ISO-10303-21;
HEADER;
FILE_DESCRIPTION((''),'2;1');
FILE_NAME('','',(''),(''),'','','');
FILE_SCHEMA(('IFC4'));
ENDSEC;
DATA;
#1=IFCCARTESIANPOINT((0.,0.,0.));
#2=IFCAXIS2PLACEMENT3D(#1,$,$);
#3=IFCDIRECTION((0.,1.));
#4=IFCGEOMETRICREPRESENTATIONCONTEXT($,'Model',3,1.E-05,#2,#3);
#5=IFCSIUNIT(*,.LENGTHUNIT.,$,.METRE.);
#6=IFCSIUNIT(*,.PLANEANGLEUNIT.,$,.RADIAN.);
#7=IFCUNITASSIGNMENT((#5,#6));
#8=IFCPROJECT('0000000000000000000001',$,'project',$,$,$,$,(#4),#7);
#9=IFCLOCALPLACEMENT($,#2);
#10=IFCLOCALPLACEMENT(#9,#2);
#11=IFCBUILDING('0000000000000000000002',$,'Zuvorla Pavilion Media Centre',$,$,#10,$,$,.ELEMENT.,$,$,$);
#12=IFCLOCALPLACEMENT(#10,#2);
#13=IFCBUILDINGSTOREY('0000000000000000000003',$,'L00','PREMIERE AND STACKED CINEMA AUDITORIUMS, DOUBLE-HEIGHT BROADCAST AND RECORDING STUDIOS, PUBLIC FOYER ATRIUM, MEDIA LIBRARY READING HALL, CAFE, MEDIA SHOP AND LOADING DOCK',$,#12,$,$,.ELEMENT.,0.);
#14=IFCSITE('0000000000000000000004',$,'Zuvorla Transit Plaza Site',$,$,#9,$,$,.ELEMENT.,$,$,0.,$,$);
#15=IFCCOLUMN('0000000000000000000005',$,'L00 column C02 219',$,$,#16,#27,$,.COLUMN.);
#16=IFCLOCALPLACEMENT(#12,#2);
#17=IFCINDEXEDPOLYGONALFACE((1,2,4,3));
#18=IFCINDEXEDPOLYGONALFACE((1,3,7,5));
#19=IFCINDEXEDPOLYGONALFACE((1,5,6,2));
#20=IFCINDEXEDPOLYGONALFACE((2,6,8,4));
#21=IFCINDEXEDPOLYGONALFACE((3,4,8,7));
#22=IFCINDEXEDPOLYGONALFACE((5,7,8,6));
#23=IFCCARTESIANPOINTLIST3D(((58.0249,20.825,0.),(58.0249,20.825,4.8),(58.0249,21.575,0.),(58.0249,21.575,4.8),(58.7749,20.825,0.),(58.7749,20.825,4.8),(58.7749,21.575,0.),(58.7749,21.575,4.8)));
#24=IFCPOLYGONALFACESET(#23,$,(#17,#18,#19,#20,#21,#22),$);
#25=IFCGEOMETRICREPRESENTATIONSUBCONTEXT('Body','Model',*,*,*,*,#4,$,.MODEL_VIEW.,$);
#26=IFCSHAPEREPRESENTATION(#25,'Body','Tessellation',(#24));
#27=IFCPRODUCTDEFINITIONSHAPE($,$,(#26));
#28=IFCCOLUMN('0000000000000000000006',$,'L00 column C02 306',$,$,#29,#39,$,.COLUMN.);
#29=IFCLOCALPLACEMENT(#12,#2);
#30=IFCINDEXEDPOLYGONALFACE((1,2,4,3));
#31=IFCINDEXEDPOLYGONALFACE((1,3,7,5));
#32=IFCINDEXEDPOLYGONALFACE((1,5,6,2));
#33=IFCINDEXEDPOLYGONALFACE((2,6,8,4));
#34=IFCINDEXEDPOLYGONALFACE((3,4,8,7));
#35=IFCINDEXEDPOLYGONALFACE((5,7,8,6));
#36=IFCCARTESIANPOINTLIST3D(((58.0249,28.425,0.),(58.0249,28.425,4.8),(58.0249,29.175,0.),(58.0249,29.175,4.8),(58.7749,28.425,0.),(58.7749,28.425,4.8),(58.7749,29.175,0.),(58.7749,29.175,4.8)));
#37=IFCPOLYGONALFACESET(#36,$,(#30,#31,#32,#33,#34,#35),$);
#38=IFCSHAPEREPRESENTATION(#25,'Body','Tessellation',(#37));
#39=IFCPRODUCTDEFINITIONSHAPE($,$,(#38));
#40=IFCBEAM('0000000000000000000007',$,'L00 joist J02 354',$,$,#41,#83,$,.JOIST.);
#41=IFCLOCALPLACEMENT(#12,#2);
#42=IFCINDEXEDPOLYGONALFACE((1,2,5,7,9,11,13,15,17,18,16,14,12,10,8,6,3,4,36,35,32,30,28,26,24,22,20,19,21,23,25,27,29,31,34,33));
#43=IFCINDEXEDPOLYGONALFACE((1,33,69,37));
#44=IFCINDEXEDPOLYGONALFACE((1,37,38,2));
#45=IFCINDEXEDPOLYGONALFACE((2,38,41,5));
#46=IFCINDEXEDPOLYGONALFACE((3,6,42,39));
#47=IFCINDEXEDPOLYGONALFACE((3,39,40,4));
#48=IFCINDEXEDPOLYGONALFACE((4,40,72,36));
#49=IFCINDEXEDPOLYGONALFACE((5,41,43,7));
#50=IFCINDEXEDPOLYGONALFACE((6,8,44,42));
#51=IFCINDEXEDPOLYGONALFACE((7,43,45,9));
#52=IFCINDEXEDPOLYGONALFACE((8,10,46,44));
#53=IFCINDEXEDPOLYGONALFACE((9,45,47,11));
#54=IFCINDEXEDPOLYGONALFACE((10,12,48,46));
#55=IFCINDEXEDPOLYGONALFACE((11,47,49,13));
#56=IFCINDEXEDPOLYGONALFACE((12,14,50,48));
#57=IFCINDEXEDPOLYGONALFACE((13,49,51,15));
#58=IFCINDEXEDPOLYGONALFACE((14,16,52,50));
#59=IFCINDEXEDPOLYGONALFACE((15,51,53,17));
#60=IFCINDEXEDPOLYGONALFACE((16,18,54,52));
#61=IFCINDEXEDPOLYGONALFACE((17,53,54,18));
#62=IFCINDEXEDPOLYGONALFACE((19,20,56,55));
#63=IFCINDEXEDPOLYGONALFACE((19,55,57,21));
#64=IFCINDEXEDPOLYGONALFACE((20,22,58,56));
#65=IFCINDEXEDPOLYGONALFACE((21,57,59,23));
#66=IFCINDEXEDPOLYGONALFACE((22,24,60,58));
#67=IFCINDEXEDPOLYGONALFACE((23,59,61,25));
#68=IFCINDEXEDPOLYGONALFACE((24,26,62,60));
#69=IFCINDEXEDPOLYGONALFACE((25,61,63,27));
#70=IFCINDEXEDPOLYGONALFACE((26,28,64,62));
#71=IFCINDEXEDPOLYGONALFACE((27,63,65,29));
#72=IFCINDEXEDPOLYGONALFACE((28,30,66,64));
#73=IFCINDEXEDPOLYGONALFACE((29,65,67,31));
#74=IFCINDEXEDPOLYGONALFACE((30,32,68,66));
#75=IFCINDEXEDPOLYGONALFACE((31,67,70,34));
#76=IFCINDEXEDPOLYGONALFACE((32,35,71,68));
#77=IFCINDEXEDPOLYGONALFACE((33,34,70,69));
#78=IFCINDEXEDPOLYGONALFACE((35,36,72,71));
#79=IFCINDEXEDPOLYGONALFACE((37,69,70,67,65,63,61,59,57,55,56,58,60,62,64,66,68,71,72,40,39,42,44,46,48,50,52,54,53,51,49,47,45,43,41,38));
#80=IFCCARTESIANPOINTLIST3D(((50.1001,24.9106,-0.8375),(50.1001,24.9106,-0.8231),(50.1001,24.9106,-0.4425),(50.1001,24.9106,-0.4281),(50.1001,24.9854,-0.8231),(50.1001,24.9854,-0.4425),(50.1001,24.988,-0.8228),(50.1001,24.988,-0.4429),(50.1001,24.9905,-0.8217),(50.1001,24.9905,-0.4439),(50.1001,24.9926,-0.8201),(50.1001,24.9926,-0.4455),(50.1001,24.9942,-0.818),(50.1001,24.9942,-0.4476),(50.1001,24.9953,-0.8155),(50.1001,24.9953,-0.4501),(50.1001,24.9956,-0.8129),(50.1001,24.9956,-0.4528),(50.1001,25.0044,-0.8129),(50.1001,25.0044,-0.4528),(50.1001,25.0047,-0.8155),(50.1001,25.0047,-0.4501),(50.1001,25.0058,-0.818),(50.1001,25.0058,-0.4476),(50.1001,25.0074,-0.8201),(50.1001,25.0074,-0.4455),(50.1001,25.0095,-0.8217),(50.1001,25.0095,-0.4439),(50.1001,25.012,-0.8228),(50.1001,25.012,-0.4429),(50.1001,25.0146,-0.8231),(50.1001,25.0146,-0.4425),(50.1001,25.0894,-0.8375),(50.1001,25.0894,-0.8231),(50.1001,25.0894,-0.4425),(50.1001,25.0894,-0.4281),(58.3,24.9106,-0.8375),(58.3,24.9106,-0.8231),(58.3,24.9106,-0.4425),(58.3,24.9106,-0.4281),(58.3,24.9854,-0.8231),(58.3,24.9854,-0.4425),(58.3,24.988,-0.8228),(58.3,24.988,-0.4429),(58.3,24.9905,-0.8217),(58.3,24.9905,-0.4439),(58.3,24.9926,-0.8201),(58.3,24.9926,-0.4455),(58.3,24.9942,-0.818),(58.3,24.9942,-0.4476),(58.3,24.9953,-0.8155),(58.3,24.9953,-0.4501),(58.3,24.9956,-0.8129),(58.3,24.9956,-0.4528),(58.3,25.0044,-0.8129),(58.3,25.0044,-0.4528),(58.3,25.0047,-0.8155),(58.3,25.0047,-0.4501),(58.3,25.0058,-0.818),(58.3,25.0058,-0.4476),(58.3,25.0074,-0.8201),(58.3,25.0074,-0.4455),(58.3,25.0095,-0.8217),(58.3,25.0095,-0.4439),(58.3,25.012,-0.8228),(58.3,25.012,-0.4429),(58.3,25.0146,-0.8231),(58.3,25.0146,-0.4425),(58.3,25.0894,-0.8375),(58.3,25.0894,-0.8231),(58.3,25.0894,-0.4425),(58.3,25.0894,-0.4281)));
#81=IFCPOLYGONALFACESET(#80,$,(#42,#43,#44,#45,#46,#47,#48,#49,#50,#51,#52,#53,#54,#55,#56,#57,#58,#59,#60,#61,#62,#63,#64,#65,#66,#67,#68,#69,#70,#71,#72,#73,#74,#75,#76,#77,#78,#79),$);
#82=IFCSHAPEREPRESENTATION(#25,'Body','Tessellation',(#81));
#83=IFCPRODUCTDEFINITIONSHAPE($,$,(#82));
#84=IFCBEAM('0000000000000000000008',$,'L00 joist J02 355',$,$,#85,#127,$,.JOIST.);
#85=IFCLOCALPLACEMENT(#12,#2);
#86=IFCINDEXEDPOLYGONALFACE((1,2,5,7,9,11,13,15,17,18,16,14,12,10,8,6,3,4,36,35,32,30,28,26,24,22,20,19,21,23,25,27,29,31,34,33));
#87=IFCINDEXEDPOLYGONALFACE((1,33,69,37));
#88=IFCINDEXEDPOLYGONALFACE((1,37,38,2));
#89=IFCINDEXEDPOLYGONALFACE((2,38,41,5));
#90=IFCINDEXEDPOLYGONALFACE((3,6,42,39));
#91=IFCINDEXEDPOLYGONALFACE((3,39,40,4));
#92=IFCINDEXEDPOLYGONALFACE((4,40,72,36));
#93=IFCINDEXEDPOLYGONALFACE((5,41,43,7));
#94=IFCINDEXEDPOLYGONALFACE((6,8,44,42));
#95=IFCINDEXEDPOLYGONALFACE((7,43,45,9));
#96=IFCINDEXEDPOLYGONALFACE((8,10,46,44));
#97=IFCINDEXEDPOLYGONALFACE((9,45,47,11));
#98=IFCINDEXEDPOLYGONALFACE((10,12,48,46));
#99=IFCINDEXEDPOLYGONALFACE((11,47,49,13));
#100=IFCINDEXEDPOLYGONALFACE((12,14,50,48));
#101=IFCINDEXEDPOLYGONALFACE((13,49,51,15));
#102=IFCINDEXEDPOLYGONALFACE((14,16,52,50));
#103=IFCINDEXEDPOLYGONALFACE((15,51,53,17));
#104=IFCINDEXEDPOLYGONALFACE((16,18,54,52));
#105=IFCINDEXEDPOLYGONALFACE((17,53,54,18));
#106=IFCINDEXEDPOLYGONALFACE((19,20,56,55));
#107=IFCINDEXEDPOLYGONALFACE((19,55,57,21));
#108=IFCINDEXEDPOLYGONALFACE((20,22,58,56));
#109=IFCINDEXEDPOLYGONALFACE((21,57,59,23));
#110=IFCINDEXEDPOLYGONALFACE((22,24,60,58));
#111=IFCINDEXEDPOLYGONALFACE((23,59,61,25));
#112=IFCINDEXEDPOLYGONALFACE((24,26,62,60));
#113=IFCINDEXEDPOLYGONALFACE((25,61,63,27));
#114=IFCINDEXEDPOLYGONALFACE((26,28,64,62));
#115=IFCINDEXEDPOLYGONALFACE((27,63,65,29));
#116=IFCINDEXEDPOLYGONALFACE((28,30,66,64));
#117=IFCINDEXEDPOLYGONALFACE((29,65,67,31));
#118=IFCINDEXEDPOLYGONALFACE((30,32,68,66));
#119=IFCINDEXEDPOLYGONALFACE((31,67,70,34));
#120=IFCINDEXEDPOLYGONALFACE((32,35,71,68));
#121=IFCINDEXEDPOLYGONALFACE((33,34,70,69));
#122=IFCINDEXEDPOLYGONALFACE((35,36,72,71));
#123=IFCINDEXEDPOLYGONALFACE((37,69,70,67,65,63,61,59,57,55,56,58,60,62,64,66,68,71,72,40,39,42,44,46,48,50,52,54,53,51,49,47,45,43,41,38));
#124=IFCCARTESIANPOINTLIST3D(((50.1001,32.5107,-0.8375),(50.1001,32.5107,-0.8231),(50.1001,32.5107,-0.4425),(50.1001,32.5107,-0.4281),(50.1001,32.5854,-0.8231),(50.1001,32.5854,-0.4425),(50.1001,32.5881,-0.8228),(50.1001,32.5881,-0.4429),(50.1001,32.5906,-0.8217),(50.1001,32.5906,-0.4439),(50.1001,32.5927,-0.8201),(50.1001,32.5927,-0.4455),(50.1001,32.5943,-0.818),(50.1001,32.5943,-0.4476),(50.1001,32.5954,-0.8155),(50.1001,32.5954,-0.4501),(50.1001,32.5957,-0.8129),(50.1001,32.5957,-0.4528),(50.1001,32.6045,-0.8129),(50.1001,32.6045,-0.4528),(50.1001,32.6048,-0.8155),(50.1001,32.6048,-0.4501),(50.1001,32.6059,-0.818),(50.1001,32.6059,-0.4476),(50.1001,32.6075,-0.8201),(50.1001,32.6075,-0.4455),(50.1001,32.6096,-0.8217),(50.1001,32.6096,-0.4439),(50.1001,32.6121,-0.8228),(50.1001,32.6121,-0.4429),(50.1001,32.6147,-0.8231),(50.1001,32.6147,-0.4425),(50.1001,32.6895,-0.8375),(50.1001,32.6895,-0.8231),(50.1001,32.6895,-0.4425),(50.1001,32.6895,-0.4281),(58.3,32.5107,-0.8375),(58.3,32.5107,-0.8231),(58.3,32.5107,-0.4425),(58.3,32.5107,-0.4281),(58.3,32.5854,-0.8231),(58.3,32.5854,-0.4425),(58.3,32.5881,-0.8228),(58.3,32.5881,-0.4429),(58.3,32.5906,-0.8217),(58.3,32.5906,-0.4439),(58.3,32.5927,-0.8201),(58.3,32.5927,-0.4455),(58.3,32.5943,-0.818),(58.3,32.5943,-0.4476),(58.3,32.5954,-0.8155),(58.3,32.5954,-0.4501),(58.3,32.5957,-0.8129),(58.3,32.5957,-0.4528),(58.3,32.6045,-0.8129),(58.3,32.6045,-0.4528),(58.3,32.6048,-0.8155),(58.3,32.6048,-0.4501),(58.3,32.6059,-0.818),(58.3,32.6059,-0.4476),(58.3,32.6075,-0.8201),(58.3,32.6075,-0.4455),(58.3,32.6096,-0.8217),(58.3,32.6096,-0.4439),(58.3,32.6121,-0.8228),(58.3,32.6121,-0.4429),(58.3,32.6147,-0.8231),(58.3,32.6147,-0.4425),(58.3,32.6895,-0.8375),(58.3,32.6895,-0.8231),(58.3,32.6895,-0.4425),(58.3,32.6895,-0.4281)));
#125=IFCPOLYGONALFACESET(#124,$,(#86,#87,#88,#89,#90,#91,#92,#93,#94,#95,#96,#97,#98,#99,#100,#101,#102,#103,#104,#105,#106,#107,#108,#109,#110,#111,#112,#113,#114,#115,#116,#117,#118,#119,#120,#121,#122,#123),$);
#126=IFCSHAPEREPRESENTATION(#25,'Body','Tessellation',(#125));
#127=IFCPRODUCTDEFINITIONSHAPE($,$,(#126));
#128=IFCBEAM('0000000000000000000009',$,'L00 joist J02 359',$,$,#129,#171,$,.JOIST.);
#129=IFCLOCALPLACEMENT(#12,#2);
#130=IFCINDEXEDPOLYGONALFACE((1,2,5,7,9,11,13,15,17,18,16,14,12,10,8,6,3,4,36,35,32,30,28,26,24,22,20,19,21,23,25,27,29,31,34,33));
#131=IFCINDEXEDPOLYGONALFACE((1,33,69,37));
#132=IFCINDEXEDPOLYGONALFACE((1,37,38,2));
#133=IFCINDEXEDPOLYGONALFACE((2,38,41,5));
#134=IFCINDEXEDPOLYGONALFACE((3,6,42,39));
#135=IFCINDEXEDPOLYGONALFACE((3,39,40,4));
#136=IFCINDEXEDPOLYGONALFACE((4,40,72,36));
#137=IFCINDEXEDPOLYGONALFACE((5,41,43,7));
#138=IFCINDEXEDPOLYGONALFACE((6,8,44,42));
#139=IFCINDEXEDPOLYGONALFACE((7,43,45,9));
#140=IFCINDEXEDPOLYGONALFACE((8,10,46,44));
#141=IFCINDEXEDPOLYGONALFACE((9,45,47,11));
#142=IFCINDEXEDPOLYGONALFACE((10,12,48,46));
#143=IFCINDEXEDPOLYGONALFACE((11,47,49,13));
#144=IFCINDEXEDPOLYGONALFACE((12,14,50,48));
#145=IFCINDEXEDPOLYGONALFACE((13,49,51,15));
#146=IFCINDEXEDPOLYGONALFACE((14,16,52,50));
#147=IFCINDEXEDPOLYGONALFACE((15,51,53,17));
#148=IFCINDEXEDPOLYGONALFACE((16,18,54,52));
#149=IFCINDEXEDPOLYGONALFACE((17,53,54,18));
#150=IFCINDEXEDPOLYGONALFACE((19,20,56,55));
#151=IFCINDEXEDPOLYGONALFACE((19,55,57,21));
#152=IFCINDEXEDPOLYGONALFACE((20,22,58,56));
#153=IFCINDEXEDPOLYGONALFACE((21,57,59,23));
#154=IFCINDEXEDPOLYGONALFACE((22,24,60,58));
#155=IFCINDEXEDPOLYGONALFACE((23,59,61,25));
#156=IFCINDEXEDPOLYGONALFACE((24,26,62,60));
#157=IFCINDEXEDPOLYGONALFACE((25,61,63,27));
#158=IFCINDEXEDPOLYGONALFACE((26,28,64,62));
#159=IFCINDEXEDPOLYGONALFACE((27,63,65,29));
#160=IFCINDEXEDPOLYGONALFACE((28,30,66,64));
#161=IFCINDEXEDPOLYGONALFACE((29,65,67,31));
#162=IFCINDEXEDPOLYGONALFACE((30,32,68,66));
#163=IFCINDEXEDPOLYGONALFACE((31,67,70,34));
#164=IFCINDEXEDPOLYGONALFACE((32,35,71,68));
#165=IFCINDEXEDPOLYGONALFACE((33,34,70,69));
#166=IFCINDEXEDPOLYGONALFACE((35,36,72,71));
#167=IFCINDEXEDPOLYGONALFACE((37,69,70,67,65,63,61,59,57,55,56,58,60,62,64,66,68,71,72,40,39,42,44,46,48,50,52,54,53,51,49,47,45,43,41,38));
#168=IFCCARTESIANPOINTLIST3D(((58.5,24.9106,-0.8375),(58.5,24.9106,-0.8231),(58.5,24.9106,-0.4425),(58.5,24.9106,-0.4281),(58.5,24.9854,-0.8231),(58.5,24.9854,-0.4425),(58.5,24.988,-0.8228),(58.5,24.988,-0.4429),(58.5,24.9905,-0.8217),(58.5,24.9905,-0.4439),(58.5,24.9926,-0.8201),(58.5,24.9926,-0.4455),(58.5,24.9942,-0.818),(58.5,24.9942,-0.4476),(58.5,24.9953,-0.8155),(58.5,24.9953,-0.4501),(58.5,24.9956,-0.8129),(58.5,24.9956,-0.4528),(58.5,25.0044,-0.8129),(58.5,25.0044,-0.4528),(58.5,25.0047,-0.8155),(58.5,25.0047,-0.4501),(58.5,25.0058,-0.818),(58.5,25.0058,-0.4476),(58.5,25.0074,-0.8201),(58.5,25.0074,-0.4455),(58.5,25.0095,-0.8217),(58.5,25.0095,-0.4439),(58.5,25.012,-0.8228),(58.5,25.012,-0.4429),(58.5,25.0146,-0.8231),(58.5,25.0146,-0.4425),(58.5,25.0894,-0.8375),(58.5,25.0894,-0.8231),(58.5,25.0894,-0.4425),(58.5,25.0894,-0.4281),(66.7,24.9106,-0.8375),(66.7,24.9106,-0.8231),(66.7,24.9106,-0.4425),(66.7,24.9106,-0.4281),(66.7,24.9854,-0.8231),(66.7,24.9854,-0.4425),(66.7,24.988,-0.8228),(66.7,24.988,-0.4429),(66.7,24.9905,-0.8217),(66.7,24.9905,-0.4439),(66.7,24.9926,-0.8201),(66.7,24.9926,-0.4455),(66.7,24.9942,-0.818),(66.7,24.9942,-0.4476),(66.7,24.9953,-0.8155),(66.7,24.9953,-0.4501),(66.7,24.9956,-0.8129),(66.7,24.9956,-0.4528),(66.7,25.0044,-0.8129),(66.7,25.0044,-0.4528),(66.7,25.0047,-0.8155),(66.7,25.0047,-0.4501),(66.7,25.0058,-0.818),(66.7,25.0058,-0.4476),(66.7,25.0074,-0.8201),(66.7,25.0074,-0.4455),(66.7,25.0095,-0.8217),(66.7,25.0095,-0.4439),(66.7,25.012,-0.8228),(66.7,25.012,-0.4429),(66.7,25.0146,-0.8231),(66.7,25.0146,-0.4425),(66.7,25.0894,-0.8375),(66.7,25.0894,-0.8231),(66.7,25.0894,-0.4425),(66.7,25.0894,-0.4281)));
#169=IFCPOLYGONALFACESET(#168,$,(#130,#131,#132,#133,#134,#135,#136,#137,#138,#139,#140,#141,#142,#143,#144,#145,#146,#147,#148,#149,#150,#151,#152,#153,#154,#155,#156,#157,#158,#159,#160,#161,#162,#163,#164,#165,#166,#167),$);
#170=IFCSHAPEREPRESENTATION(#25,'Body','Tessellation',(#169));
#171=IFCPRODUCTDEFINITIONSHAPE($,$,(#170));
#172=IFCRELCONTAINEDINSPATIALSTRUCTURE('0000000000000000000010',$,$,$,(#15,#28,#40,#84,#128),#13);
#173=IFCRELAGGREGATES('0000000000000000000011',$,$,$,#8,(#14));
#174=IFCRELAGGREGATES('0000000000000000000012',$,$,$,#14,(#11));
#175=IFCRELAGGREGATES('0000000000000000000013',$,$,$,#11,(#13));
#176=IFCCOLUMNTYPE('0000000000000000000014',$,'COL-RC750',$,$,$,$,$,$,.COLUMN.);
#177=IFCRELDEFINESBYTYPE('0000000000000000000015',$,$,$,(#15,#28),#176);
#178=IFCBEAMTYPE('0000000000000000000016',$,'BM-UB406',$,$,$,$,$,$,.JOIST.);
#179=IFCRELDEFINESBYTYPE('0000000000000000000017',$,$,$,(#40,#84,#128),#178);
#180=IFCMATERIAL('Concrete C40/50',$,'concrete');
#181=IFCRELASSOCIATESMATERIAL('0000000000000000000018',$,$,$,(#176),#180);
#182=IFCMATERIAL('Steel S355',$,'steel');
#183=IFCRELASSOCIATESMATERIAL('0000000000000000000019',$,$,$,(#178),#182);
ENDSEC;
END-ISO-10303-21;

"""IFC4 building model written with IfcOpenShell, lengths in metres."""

from ifc_helpers import new_model, si_unit, direction, frame, origin, origin_2d, place, context, subcontext, project, spatial, rectangle, i_section, extrude, material, material_profile, profile_set, type_object, element, save


model = new_model("IFC4")

# Units and contexts
model_context = context("Model", 3, precision=1e-05, world=origin(), true_north=direction((0.0, 1.0)))
body_context = subcontext(model_context, "Body", "Model", "MODEL_VIEW")
ifc_project = project(units=[si_unit("LENGTHUNIT", "METRE"), si_unit("PLANEANGLEUNIT", "RADIAN")], contexts=[model_context])

# Site, building, storey
site_placement = place(None, origin())
site = spatial("IfcSite", under=ifc_project, at=site_placement, Name="Zuvorla Transit Plaza Site", CompositionType="ELEMENT", RefElevation=0.0)
building_placement = place(site_placement, origin())
building = spatial("IfcBuilding", under=site, at=building_placement, Name="Zuvorla Pavilion Media Centre", CompositionType="ELEMENT")
storey_placement = place(building_placement, origin())
storey = spatial("IfcBuildingStorey", under=building, at=storey_placement, Name="L00", Description="PREMIERE AND STACKED CINEMA AUDITORIUMS, DOUBLE-HEIGHT BROADCAST AND RECORDING STUDIOS, PUBLIC FOYER ATRIUM, MEDIA LIBRARY READING HALL, CAFE, MEDIA SHOP AND LOADING DOCK", CompositionType="ELEMENT", Elevation=0.0)

# Columns
ifc_material_1 = material(Name="Concrete C40/50", Category="concrete")
ifc_material_profile_1 = material_profile(ifc_material_1, rectangle(XDim=0.75, YDim=0.75, at=origin_2d()), Name="RC 750x750")
ifc_profile_set_1 = profile_set([ifc_material_profile_1], Name="Concrete C40/50")
column_type = type_object("IfcColumnType", Name="COL-RC750", PredefinedType="COLUMN", material=ifc_profile_set_1)
for number, where, z_axis, x_axis, name in (
    (1, (58.3999, 21.2, 0.0), (0.0, 0.0, 1.0), (1.0, 0.0, 0.0), "L00 column C02 219"),
    (2, (58.3999, 28.8, 0.0), (0.0, 0.0, 1.0), (1.0, 0.0, 0.0), "L00 column C02 306"),
):
    element("IfcColumn", number, at=place(storey_placement, frame(where, z_axis=z_axis, x_axis=x_axis)), inside=storey, type_object=column_type, Name=name, PredefinedType="COLUMN", context=body_context, shape_type="SweptSolid", body=[
        extrude(rectangle(XDim=0.75, YDim=0.75, at=origin_2d()), origin(), (0.0, 0.0, 1.0), 4.8),
    ])

# Beams
ifc_material_2 = material(Name="Steel S355", Category="steel")
ifc_material_profile_2 = material_profile(ifc_material_2, i_section(OverallWidth=0.1787, OverallDepth=0.4094, WebThickness=0.0088, FlangeThickness=0.0144, FilletRadius=0.0103, at=origin_2d()), Name="UB 406x178x67")
ifc_profile_set_2 = profile_set([ifc_material_profile_2], Name="Steel S355")
beam_type_1 = type_object("IfcBeamType", Name="BM-UB406", PredefinedType="JOIST", material=ifc_profile_set_2)
for number, where, z_axis, x_axis, name in (
    (3, (50.1001, 25.0, -0.6328), (1.0, 0.0, 0.0), (0.0, 1.0, 0.0), "L00 joist J02 354"),
    (4, (50.1001, 32.6001, -0.6328), (1.0, 0.0, 0.0), (0.0, 1.0, 0.0), "L00 joist J02 355"),
    (5, (58.5, 25.0, -0.6328), (1.0, 0.0, 0.0), (0.0, 1.0, 0.0), "L00 joist J02 359"),
):
    element("IfcBeam", number, at=place(storey_placement, frame(where, z_axis=z_axis, x_axis=x_axis)), inside=storey, type_object=beam_type_1, Name=name, PredefinedType="JOIST", context=body_context, shape_type="SweptSolid", body=[
        extrude(i_section(OverallWidth=0.1787, OverallDepth=0.4094, WebThickness=0.0088, FlangeThickness=0.0144, FilletRadius=0.0103, at=origin_2d()), origin(), (0.0, 0.0, 1.0), 8.2),
    ])

save(model, "model.ifc")
